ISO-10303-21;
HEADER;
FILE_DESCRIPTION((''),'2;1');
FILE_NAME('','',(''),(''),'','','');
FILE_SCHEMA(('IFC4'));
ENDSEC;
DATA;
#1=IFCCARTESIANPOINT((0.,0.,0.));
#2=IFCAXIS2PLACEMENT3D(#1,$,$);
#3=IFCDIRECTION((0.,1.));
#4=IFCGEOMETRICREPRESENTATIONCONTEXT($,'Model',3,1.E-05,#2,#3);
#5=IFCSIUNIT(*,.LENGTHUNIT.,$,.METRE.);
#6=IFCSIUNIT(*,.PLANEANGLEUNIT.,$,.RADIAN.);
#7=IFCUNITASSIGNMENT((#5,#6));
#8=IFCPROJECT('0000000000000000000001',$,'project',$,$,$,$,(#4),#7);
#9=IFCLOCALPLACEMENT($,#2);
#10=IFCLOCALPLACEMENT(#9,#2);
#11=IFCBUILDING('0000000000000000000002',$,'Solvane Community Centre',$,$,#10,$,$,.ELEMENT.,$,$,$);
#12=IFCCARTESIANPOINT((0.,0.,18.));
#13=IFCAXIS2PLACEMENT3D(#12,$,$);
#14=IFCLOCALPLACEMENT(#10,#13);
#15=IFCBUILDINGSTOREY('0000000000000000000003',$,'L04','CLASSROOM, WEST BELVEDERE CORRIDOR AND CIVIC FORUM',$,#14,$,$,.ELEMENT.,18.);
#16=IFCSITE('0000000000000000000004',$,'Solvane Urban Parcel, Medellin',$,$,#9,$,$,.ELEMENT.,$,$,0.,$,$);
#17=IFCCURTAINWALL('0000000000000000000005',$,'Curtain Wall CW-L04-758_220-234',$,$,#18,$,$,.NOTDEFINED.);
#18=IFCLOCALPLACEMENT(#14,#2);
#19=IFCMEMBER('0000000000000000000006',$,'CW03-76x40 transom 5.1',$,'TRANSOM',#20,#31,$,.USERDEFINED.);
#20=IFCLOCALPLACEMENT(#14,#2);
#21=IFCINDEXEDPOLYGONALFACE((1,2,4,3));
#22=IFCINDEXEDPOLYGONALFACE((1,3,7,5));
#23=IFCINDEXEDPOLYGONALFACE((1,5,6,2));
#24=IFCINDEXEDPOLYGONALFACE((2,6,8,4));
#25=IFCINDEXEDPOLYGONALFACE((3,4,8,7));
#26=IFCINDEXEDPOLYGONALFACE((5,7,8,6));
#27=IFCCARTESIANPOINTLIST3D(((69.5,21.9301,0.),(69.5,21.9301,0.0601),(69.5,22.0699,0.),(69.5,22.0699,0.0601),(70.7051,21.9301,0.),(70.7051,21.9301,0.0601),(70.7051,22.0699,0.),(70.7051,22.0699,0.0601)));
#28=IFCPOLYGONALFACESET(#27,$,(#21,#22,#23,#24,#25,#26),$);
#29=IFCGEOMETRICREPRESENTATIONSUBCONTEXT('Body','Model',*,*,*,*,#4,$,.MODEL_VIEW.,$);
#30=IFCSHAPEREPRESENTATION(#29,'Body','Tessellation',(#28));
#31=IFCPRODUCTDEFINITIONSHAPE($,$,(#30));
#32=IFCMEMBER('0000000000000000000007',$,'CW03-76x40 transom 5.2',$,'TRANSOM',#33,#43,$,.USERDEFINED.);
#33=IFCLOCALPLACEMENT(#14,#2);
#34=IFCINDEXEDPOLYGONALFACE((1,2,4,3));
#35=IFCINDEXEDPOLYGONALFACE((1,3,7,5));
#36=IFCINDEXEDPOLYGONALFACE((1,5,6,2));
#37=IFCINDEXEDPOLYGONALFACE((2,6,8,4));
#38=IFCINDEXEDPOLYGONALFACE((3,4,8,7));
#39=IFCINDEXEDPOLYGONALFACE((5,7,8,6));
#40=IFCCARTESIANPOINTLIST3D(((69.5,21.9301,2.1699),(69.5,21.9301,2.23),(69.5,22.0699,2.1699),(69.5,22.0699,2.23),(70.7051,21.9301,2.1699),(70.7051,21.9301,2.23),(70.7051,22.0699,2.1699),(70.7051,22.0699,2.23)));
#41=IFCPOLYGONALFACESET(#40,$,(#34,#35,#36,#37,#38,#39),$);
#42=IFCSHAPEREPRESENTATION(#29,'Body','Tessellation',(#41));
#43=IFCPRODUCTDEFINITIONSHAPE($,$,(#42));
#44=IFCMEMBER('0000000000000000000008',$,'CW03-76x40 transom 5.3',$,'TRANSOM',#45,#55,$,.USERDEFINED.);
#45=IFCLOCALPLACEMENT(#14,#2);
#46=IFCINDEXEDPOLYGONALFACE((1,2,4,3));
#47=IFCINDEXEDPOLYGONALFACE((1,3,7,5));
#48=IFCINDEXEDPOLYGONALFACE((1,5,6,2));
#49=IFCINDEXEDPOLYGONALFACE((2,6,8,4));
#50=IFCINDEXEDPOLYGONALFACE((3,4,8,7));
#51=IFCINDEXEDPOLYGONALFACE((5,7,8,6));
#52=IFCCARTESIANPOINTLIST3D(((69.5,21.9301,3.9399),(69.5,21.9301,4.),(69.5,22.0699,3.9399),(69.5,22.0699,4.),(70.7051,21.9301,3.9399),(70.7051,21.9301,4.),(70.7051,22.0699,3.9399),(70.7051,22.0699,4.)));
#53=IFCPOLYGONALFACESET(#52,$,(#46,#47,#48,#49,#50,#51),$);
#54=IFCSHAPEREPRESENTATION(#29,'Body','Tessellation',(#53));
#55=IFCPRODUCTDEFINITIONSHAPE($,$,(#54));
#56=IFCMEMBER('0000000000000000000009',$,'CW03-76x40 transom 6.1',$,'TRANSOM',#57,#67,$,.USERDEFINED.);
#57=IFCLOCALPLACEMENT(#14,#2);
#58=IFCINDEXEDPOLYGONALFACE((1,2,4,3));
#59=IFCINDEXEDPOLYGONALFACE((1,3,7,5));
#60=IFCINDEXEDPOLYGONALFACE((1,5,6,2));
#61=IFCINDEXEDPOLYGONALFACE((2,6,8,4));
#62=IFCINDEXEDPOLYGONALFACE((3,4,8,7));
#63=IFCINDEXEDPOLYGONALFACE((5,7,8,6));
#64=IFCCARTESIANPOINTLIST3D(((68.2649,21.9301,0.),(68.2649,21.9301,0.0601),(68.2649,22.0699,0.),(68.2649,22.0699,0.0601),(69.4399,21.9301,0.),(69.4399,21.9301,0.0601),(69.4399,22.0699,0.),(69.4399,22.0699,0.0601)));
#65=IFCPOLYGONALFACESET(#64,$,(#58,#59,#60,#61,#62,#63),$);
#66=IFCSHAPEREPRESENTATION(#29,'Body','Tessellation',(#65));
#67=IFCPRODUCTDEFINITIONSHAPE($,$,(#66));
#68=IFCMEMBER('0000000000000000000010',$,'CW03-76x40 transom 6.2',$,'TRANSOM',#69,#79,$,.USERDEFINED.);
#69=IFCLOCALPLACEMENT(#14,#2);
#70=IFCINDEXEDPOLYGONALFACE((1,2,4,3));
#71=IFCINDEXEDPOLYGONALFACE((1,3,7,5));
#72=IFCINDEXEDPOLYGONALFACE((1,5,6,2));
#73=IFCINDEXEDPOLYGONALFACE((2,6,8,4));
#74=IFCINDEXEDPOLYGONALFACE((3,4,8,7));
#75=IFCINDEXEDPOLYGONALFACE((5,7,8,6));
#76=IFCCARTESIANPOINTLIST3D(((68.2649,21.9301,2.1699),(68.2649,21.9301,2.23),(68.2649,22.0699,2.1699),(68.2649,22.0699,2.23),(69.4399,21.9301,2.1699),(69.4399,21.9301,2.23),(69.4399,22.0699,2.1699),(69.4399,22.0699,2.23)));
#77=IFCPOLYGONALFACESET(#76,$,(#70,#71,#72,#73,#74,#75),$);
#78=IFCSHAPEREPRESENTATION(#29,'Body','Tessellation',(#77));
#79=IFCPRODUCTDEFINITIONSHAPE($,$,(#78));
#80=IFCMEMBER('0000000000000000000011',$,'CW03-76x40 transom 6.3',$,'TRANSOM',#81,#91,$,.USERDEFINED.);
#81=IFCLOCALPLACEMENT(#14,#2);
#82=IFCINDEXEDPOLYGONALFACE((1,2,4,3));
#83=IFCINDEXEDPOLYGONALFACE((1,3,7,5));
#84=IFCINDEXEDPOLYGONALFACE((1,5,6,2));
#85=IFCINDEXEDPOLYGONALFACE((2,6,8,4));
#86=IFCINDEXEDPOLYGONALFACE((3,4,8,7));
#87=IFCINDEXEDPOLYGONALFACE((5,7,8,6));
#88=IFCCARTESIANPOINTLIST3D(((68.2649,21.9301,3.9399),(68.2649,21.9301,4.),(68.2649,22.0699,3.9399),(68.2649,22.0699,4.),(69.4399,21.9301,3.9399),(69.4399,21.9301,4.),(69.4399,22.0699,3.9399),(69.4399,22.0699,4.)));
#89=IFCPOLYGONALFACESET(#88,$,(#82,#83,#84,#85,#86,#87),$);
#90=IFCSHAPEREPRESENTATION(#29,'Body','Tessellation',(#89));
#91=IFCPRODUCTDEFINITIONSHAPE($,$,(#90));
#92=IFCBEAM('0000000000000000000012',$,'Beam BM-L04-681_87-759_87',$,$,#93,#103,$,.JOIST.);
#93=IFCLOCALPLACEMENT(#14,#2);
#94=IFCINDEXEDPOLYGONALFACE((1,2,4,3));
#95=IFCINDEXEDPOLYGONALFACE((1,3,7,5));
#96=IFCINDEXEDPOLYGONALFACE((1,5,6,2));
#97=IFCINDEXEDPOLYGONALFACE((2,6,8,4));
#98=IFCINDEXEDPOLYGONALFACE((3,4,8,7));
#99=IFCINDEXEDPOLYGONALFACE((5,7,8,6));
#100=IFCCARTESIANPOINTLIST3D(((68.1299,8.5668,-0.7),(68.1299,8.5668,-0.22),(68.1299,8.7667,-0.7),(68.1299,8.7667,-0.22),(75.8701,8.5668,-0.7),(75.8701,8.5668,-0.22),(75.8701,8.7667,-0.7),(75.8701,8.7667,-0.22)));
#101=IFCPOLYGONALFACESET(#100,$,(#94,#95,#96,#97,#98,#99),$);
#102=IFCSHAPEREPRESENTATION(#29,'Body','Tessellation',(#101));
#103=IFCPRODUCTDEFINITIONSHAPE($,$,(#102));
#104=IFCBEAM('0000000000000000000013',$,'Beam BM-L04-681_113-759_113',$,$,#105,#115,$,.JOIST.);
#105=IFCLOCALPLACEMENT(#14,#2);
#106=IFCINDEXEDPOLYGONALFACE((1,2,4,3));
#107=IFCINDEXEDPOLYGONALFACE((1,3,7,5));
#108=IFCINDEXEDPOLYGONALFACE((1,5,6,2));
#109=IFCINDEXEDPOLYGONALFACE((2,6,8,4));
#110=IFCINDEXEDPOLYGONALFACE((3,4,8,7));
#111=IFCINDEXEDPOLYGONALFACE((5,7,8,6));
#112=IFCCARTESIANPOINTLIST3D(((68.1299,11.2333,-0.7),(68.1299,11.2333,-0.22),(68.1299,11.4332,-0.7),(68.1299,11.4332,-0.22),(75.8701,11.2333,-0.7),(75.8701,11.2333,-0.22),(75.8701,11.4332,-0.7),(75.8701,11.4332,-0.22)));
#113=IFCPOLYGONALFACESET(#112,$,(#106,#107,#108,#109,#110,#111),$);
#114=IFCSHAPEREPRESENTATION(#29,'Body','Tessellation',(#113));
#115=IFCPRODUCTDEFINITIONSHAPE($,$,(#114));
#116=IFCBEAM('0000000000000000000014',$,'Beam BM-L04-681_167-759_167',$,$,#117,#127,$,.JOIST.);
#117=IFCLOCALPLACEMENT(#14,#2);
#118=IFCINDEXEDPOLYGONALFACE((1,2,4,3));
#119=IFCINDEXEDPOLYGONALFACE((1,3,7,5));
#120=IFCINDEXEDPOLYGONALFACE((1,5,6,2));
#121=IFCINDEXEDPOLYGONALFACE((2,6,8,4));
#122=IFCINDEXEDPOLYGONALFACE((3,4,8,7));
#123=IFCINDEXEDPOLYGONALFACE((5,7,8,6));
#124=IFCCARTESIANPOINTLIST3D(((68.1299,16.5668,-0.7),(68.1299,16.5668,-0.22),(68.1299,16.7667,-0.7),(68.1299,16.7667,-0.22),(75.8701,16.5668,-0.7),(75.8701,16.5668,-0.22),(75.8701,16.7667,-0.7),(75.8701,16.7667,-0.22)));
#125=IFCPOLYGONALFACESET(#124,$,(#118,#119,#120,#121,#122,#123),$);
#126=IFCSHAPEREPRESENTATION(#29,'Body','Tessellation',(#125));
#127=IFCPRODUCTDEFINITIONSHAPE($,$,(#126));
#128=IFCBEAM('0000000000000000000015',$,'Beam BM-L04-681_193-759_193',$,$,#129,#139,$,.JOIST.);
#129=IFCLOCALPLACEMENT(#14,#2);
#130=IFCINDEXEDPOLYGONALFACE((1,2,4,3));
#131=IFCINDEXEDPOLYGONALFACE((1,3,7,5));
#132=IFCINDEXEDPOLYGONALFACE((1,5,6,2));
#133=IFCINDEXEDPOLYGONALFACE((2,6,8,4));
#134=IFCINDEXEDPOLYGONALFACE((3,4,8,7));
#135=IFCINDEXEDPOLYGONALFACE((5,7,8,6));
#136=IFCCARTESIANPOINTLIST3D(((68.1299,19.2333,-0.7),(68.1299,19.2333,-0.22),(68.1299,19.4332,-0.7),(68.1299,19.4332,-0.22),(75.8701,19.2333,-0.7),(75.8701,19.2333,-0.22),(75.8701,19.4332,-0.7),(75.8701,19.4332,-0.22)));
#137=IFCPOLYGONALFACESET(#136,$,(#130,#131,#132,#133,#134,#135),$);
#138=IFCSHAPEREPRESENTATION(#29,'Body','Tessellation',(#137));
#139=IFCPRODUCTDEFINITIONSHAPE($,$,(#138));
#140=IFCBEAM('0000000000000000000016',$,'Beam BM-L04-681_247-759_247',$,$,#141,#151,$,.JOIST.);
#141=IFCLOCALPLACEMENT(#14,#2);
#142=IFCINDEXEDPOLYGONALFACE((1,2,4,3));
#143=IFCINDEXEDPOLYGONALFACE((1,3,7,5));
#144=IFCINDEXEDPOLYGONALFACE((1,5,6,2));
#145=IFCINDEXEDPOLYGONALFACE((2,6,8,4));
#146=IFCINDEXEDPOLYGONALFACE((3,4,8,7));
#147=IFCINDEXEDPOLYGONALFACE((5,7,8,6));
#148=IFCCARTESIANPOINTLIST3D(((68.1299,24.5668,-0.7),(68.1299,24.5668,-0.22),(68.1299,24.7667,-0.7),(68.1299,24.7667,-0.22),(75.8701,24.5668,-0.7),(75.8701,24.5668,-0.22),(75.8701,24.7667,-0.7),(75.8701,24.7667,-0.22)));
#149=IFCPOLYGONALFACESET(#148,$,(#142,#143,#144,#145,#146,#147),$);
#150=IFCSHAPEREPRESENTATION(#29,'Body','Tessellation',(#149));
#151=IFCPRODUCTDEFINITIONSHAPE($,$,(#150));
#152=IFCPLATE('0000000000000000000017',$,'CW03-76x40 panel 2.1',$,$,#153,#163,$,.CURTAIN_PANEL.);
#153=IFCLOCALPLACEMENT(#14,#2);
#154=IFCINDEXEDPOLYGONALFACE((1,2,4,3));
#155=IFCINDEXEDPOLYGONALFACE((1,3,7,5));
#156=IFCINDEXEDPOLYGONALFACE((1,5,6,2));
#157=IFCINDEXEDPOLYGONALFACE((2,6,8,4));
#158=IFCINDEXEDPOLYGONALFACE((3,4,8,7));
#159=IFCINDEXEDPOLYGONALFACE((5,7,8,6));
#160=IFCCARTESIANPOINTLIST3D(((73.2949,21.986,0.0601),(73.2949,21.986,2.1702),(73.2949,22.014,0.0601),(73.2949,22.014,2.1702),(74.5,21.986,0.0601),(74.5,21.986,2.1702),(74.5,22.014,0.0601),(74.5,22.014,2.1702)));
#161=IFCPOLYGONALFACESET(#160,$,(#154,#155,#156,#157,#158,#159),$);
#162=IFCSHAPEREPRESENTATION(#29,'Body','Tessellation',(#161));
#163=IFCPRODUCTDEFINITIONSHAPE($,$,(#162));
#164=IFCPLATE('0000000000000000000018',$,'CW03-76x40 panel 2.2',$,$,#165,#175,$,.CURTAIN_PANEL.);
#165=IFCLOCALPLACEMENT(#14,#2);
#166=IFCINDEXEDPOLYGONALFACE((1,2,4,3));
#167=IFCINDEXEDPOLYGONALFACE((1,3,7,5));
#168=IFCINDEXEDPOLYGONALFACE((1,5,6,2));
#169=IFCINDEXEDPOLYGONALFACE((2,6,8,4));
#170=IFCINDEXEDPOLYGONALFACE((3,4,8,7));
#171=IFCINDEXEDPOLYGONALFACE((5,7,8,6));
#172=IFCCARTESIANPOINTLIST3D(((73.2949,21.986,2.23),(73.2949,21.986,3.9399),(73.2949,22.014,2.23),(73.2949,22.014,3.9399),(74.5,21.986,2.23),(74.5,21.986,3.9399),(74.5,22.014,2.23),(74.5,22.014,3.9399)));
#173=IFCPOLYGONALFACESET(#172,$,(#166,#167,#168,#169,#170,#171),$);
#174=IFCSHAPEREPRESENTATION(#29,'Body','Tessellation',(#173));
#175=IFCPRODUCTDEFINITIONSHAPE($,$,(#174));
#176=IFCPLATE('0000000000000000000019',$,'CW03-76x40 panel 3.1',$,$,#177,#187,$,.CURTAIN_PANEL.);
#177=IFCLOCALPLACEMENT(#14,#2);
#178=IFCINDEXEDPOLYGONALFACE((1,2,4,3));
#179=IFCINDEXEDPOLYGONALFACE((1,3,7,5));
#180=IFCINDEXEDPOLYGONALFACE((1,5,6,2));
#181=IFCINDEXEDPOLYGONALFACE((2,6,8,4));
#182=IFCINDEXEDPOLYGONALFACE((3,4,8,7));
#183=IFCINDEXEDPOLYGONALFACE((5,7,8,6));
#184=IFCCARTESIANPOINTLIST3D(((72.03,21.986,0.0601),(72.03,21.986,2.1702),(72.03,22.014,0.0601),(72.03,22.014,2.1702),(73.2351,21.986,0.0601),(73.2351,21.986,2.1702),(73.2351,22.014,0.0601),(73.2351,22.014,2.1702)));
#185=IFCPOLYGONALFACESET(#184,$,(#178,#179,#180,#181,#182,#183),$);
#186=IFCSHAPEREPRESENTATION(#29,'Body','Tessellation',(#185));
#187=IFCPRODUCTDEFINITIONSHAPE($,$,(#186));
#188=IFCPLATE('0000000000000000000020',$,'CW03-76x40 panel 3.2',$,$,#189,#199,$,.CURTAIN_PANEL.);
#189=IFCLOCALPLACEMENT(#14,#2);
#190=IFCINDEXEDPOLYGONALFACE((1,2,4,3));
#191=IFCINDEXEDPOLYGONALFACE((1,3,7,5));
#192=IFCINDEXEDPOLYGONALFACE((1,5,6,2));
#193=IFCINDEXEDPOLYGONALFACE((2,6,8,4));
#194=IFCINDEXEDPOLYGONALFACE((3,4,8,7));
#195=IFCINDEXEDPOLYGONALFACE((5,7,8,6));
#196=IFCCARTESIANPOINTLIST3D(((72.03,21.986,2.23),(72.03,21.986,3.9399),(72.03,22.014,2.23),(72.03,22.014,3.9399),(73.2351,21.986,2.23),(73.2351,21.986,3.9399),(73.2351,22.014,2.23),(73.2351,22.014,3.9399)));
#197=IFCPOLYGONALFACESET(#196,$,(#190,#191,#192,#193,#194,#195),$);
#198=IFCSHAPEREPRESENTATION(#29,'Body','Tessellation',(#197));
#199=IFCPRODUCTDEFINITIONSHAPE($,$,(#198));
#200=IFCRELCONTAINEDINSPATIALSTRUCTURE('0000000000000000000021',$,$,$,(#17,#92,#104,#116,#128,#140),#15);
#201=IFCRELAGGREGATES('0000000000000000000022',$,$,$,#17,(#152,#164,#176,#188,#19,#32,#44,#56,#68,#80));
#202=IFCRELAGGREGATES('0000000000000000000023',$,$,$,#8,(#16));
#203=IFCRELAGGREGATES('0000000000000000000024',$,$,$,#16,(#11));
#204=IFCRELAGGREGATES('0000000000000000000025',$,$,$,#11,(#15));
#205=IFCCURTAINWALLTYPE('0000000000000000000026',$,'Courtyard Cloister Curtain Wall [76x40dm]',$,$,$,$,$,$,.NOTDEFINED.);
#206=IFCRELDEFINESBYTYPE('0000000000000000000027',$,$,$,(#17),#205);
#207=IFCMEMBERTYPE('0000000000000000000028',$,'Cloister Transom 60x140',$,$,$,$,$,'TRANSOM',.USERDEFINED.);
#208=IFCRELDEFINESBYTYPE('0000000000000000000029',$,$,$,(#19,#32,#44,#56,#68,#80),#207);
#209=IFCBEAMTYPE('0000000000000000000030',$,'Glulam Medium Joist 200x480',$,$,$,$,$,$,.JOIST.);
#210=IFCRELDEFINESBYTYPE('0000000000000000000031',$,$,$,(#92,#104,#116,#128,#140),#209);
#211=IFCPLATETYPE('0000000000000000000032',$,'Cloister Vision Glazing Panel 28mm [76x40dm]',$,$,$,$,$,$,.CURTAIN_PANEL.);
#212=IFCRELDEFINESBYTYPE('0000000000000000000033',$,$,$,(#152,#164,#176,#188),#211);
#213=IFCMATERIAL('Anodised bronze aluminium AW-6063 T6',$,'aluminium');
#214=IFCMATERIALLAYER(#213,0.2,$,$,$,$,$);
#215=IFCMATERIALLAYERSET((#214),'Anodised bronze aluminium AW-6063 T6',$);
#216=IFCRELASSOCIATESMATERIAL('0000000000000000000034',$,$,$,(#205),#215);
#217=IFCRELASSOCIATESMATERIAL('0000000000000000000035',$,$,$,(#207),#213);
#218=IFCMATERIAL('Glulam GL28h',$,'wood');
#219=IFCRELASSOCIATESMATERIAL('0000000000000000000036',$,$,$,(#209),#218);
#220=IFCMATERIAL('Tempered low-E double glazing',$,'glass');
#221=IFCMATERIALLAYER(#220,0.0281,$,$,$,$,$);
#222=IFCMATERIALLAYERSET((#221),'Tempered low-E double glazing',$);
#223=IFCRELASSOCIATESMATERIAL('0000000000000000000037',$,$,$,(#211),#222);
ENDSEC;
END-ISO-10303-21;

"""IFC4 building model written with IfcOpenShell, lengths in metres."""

from ifc_helpers import new_model, si_unit, direction, frame, origin, origin_2d, place, context, subcontext, project, spatial, rectangle, extrude, material, layer, layer_set, material_profile, profile_set, type_object, element, aggregate, save


model = new_model("IFC4")

# Units and contexts
model_context = context("Model", 3, precision=1e-05, world=origin(), true_north=direction((0.0, 1.0)))
body_context = subcontext(model_context, "Body", "Model", "MODEL_VIEW")
ifc_project = project(units=[si_unit("LENGTHUNIT", "METRE"), si_unit("PLANEANGLEUNIT", "RADIAN")], contexts=[model_context])

# Site, building, storey
site_placement = place(None, origin())
site = spatial("IfcSite", under=ifc_project, at=site_placement, Name="Solvane Urban Parcel, Medellin", CompositionType="ELEMENT", RefElevation=0.0)
building_placement = place(site_placement, origin())
building = spatial("IfcBuilding", under=site, at=building_placement, Name="Solvane Community Centre", CompositionType="ELEMENT")
storey_placement = place(building_placement, frame((0.0, 0.0, 18.0)))
storey = spatial("IfcBuildingStorey", under=building, at=storey_placement, Name="L04", Description="CLASSROOM, WEST BELVEDERE CORRIDOR AND CIVIC FORUM", CompositionType="ELEMENT", Elevation=18.0)

# Curtain wall
ifc_material_1 = material(Name="Anodised bronze aluminium AW-6063 T6", Category="aluminium")
ifc_layer_1 = layer(ifc_material_1, 0.2)
ifc_layer_set_1 = layer_set([ifc_layer_1], Name="Anodised bronze aluminium AW-6063 T6")
curtain_wall_type_1 = type_object("IfcCurtainWallType", Name="Courtyard Cloister Curtain Wall [76x40dm]", PredefinedType="NOTDEFINED", material=ifc_layer_set_1)
curtain_wall_1_placement = place(storey_placement, origin())
curtain_wall_1 = element("IfcCurtainWall", 1, at=curtain_wall_1_placement, inside=storey, type_object=curtain_wall_type_1, Name="Curtain Wall CW-L04-758_220-234", PredefinedType="NOTDEFINED")

# Members
ifc_material_profile_1 = material_profile(ifc_material_1, rectangle(XDim=0.1399, YDim=0.0601, at=origin_2d()), Name="CW-T 60x140")
ifc_profile_set_1 = profile_set([ifc_material_profile_1], Name="Anodised bronze aluminium AW-6063 T6")
member_type_1 = type_object("IfcMemberType", Name="Cloister Transom 60x140", ElementType="TRANSOM", PredefinedType="USERDEFINED", material=ifc_profile_set_1)
member_1_placement = place(storey_placement, frame((70.7051, 22.0, 0.03), z_axis=(-1.0, 0.0, 0.0), x_axis=(0.0, -1.0, 0.0)))
member_1 = element("IfcMember", 2, at=member_1_placement, type_object=member_type_1, Name="CW03-76x40 transom 5.1", ObjectType="TRANSOM", PredefinedType="USERDEFINED", context=body_context, shape_type="SweptSolid", body=[
    extrude(rectangle(XDim=0.1399, YDim=0.0601, at=origin_2d()), origin(), (0.0, 0.0, 1.0), 1.2051),
])
member_2_placement = place(storey_placement, frame((70.7051, 22.0, 2.2), z_axis=(-1.0, 0.0, 0.0), x_axis=(0.0, -1.0, 0.0)))
member_2 = element("IfcMember", 3, at=member_2_placement, type_object=member_type_1, Name="CW03-76x40 transom 5.2", ObjectType="TRANSOM", PredefinedType="USERDEFINED", context=body_context, shape_type="SweptSolid", body=[
    extrude(rectangle(XDim=0.1399, YDim=0.0601, at=origin_2d()), origin(), (0.0, 0.0, 1.0), 1.2051),
])
member_3_placement = place(storey_placement, frame((70.7051, 22.0, 3.97), z_axis=(-1.0, 0.0, 0.0), x_axis=(0.0, -1.0, 0.0)))
member_3 = element("IfcMember", 4, at=member_3_placement, type_object=member_type_1, Name="CW03-76x40 transom 5.3", ObjectType="TRANSOM", PredefinedType="USERDEFINED", context=body_context, shape_type="SweptSolid", body=[
    extrude(rectangle(XDim=0.1399, YDim=0.0601, at=origin_2d()), origin(), (0.0, 0.0, 1.0), 1.2051),
])
member_4_placement = place(storey_placement, frame((69.4399, 22.0, 0.03), z_axis=(-1.0, 0.0, 0.0), x_axis=(0.0, -1.0, 0.0)))
member_4 = element("IfcMember", 5, at=member_4_placement, type_object=member_type_1, Name="CW03-76x40 transom 6.1", ObjectType="TRANSOM", PredefinedType="USERDEFINED", context=body_context, shape_type="SweptSolid", body=[
    extrude(rectangle(XDim=0.1399, YDim=0.0601, at=origin_2d()), origin(), (0.0, 0.0, 1.0), 1.175),
])
member_5_placement = place(storey_placement, frame((69.4399, 22.0, 2.2), z_axis=(-1.0, 0.0, 0.0), x_axis=(0.0, -1.0, 0.0)))
member_5 = element("IfcMember", 6, at=member_5_placement, type_object=member_type_1, Name="CW03-76x40 transom 6.2", ObjectType="TRANSOM", PredefinedType="USERDEFINED", context=body_context, shape_type="SweptSolid", body=[
    extrude(rectangle(XDim=0.1399, YDim=0.0601, at=origin_2d()), origin(), (0.0, 0.0, 1.0), 1.175),
])
member_6_placement = place(storey_placement, frame((69.4399, 22.0, 3.97), z_axis=(-1.0, 0.0, 0.0), x_axis=(0.0, -1.0, 0.0)))
member_6 = element("IfcMember", 7, at=member_6_placement, type_object=member_type_1, Name="CW03-76x40 transom 6.3", ObjectType="TRANSOM", PredefinedType="USERDEFINED", context=body_context, shape_type="SweptSolid", body=[
    extrude(rectangle(XDim=0.1399, YDim=0.0601, at=origin_2d()), origin(), (0.0, 0.0, 1.0), 1.175),
])

# Beams
ifc_material_2 = material(Name="Glulam GL28h", Category="wood")
ifc_material_profile_2 = material_profile(ifc_material_2, rectangle(XDim=0.2, YDim=0.48, at=origin_2d()), Name="GL28h 200x480")
ifc_profile_set_2 = profile_set([ifc_material_profile_2], Name="Glulam GL28h")
beam_type = type_object("IfcBeamType", Name="Glulam Medium Joist 200x480", PredefinedType="JOIST", material=ifc_profile_set_2)
for number, where, z_axis, x_axis, name in (
    (8, (68.1299, 8.6667, -0.46), (1.0, 0.0, 0.0), (0.0, 1.0, 0.0), "Beam BM-L04-681_87-759_87"),
    (9, (68.1299, 11.3333, -0.46), (1.0, 0.0, 0.0), (0.0, 1.0, 0.0), "Beam BM-L04-681_113-759_113"),
    (10, (68.1299, 16.6667, -0.46), (1.0, 0.0, 0.0), (0.0, 1.0, 0.0), "Beam BM-L04-681_167-759_167"),
    (11, (68.1299, 19.3333, -0.46), (1.0, 0.0, 0.0), (0.0, 1.0, 0.0), "Beam BM-L04-681_193-759_193"),
    (12, (68.1299, 24.6667, -0.46), (1.0, 0.0, 0.0), (0.0, 1.0, 0.0), "Beam BM-L04-681_247-759_247"),
):
    element("IfcBeam", number, at=place(storey_placement, frame(where, z_axis=z_axis, x_axis=x_axis)), inside=storey, type_object=beam_type, Name=name, PredefinedType="JOIST", context=body_context, shape_type="SweptSolid", body=[
        extrude(rectangle(XDim=0.2, YDim=0.48, at=origin_2d()), origin(), (0.0, 0.0, 1.0), 7.7402),
    ])

# Plates
ifc_material_3 = material(Name="Tempered low-E double glazing", Category="glass")
ifc_layer_2 = layer(ifc_material_3, 0.0281)
ifc_layer_set_2 = layer_set([ifc_layer_2], Name="Tempered low-E double glazing")
plate_type = type_object("IfcPlateType", Name="Cloister Vision Glazing Panel 28mm [76x40dm]", PredefinedType="CURTAIN_PANEL", material=ifc_layer_set_2)
plate_1_placement = place(storey_placement, frame((73.8975, 22.0, 0.0601), z_axis=(0.0, 0.0, 1.0), x_axis=(-1.0, 0.0, 0.0)))
plate_1 = element("IfcPlate", 13, at=plate_1_placement, type_object=plate_type, Name="CW03-76x40 panel 2.1", PredefinedType="CURTAIN_PANEL", context=body_context, shape_type="SweptSolid", body=[
    extrude(rectangle(XDim=1.2051, YDim=0.0281, at=origin_2d()), origin(), (0.0, 0.0, 1.0), 2.1101),
])
plate_2_placement = place(storey_placement, frame((73.8975, 22.0, 2.23), z_axis=(0.0, 0.0, 1.0), x_axis=(-1.0, 0.0, 0.0)))
plate_2 = element("IfcPlate", 14, at=plate_2_placement, type_object=plate_type, Name="CW03-76x40 panel 2.2", PredefinedType="CURTAIN_PANEL", context=body_context, shape_type="SweptSolid", body=[
    extrude(rectangle(XDim=1.2051, YDim=0.0281, at=origin_2d()), origin(), (0.0, 0.0, 1.0), 1.71),
])
plate_3_placement = place(storey_placement, frame((72.6326, 22.0, 0.0601), z_axis=(0.0, 0.0, 1.0), x_axis=(-1.0, 0.0, 0.0)))
plate_3 = element("IfcPlate", 15, at=plate_3_placement, type_object=plate_type, Name="CW03-76x40 panel 3.1", PredefinedType="CURTAIN_PANEL", context=body_context, shape_type="SweptSolid", body=[
    extrude(rectangle(XDim=1.2051, YDim=0.0281, at=origin_2d()), origin(), (0.0, 0.0, 1.0), 2.1101),
])
plate_4_placement = place(storey_placement, frame((72.6326, 22.0, 2.23), z_axis=(0.0, 0.0, 1.0), x_axis=(-1.0, 0.0, 0.0)))
plate_4 = element("IfcPlate", 16, at=plate_4_placement, type_object=plate_type, Name="CW03-76x40 panel 3.2", PredefinedType="CURTAIN_PANEL", context=body_context, shape_type="SweptSolid", body=[
    extrude(rectangle(XDim=1.2051, YDim=0.0281, at=origin_2d()), origin(), (0.0, 0.0, 1.0), 1.71),
])
aggregate(curtain_wall_1, [plate_1, plate_2, plate_3, plate_4, member_1, member_2, member_3, member_4, member_5, member_6])

save(model, "model.ifc")
